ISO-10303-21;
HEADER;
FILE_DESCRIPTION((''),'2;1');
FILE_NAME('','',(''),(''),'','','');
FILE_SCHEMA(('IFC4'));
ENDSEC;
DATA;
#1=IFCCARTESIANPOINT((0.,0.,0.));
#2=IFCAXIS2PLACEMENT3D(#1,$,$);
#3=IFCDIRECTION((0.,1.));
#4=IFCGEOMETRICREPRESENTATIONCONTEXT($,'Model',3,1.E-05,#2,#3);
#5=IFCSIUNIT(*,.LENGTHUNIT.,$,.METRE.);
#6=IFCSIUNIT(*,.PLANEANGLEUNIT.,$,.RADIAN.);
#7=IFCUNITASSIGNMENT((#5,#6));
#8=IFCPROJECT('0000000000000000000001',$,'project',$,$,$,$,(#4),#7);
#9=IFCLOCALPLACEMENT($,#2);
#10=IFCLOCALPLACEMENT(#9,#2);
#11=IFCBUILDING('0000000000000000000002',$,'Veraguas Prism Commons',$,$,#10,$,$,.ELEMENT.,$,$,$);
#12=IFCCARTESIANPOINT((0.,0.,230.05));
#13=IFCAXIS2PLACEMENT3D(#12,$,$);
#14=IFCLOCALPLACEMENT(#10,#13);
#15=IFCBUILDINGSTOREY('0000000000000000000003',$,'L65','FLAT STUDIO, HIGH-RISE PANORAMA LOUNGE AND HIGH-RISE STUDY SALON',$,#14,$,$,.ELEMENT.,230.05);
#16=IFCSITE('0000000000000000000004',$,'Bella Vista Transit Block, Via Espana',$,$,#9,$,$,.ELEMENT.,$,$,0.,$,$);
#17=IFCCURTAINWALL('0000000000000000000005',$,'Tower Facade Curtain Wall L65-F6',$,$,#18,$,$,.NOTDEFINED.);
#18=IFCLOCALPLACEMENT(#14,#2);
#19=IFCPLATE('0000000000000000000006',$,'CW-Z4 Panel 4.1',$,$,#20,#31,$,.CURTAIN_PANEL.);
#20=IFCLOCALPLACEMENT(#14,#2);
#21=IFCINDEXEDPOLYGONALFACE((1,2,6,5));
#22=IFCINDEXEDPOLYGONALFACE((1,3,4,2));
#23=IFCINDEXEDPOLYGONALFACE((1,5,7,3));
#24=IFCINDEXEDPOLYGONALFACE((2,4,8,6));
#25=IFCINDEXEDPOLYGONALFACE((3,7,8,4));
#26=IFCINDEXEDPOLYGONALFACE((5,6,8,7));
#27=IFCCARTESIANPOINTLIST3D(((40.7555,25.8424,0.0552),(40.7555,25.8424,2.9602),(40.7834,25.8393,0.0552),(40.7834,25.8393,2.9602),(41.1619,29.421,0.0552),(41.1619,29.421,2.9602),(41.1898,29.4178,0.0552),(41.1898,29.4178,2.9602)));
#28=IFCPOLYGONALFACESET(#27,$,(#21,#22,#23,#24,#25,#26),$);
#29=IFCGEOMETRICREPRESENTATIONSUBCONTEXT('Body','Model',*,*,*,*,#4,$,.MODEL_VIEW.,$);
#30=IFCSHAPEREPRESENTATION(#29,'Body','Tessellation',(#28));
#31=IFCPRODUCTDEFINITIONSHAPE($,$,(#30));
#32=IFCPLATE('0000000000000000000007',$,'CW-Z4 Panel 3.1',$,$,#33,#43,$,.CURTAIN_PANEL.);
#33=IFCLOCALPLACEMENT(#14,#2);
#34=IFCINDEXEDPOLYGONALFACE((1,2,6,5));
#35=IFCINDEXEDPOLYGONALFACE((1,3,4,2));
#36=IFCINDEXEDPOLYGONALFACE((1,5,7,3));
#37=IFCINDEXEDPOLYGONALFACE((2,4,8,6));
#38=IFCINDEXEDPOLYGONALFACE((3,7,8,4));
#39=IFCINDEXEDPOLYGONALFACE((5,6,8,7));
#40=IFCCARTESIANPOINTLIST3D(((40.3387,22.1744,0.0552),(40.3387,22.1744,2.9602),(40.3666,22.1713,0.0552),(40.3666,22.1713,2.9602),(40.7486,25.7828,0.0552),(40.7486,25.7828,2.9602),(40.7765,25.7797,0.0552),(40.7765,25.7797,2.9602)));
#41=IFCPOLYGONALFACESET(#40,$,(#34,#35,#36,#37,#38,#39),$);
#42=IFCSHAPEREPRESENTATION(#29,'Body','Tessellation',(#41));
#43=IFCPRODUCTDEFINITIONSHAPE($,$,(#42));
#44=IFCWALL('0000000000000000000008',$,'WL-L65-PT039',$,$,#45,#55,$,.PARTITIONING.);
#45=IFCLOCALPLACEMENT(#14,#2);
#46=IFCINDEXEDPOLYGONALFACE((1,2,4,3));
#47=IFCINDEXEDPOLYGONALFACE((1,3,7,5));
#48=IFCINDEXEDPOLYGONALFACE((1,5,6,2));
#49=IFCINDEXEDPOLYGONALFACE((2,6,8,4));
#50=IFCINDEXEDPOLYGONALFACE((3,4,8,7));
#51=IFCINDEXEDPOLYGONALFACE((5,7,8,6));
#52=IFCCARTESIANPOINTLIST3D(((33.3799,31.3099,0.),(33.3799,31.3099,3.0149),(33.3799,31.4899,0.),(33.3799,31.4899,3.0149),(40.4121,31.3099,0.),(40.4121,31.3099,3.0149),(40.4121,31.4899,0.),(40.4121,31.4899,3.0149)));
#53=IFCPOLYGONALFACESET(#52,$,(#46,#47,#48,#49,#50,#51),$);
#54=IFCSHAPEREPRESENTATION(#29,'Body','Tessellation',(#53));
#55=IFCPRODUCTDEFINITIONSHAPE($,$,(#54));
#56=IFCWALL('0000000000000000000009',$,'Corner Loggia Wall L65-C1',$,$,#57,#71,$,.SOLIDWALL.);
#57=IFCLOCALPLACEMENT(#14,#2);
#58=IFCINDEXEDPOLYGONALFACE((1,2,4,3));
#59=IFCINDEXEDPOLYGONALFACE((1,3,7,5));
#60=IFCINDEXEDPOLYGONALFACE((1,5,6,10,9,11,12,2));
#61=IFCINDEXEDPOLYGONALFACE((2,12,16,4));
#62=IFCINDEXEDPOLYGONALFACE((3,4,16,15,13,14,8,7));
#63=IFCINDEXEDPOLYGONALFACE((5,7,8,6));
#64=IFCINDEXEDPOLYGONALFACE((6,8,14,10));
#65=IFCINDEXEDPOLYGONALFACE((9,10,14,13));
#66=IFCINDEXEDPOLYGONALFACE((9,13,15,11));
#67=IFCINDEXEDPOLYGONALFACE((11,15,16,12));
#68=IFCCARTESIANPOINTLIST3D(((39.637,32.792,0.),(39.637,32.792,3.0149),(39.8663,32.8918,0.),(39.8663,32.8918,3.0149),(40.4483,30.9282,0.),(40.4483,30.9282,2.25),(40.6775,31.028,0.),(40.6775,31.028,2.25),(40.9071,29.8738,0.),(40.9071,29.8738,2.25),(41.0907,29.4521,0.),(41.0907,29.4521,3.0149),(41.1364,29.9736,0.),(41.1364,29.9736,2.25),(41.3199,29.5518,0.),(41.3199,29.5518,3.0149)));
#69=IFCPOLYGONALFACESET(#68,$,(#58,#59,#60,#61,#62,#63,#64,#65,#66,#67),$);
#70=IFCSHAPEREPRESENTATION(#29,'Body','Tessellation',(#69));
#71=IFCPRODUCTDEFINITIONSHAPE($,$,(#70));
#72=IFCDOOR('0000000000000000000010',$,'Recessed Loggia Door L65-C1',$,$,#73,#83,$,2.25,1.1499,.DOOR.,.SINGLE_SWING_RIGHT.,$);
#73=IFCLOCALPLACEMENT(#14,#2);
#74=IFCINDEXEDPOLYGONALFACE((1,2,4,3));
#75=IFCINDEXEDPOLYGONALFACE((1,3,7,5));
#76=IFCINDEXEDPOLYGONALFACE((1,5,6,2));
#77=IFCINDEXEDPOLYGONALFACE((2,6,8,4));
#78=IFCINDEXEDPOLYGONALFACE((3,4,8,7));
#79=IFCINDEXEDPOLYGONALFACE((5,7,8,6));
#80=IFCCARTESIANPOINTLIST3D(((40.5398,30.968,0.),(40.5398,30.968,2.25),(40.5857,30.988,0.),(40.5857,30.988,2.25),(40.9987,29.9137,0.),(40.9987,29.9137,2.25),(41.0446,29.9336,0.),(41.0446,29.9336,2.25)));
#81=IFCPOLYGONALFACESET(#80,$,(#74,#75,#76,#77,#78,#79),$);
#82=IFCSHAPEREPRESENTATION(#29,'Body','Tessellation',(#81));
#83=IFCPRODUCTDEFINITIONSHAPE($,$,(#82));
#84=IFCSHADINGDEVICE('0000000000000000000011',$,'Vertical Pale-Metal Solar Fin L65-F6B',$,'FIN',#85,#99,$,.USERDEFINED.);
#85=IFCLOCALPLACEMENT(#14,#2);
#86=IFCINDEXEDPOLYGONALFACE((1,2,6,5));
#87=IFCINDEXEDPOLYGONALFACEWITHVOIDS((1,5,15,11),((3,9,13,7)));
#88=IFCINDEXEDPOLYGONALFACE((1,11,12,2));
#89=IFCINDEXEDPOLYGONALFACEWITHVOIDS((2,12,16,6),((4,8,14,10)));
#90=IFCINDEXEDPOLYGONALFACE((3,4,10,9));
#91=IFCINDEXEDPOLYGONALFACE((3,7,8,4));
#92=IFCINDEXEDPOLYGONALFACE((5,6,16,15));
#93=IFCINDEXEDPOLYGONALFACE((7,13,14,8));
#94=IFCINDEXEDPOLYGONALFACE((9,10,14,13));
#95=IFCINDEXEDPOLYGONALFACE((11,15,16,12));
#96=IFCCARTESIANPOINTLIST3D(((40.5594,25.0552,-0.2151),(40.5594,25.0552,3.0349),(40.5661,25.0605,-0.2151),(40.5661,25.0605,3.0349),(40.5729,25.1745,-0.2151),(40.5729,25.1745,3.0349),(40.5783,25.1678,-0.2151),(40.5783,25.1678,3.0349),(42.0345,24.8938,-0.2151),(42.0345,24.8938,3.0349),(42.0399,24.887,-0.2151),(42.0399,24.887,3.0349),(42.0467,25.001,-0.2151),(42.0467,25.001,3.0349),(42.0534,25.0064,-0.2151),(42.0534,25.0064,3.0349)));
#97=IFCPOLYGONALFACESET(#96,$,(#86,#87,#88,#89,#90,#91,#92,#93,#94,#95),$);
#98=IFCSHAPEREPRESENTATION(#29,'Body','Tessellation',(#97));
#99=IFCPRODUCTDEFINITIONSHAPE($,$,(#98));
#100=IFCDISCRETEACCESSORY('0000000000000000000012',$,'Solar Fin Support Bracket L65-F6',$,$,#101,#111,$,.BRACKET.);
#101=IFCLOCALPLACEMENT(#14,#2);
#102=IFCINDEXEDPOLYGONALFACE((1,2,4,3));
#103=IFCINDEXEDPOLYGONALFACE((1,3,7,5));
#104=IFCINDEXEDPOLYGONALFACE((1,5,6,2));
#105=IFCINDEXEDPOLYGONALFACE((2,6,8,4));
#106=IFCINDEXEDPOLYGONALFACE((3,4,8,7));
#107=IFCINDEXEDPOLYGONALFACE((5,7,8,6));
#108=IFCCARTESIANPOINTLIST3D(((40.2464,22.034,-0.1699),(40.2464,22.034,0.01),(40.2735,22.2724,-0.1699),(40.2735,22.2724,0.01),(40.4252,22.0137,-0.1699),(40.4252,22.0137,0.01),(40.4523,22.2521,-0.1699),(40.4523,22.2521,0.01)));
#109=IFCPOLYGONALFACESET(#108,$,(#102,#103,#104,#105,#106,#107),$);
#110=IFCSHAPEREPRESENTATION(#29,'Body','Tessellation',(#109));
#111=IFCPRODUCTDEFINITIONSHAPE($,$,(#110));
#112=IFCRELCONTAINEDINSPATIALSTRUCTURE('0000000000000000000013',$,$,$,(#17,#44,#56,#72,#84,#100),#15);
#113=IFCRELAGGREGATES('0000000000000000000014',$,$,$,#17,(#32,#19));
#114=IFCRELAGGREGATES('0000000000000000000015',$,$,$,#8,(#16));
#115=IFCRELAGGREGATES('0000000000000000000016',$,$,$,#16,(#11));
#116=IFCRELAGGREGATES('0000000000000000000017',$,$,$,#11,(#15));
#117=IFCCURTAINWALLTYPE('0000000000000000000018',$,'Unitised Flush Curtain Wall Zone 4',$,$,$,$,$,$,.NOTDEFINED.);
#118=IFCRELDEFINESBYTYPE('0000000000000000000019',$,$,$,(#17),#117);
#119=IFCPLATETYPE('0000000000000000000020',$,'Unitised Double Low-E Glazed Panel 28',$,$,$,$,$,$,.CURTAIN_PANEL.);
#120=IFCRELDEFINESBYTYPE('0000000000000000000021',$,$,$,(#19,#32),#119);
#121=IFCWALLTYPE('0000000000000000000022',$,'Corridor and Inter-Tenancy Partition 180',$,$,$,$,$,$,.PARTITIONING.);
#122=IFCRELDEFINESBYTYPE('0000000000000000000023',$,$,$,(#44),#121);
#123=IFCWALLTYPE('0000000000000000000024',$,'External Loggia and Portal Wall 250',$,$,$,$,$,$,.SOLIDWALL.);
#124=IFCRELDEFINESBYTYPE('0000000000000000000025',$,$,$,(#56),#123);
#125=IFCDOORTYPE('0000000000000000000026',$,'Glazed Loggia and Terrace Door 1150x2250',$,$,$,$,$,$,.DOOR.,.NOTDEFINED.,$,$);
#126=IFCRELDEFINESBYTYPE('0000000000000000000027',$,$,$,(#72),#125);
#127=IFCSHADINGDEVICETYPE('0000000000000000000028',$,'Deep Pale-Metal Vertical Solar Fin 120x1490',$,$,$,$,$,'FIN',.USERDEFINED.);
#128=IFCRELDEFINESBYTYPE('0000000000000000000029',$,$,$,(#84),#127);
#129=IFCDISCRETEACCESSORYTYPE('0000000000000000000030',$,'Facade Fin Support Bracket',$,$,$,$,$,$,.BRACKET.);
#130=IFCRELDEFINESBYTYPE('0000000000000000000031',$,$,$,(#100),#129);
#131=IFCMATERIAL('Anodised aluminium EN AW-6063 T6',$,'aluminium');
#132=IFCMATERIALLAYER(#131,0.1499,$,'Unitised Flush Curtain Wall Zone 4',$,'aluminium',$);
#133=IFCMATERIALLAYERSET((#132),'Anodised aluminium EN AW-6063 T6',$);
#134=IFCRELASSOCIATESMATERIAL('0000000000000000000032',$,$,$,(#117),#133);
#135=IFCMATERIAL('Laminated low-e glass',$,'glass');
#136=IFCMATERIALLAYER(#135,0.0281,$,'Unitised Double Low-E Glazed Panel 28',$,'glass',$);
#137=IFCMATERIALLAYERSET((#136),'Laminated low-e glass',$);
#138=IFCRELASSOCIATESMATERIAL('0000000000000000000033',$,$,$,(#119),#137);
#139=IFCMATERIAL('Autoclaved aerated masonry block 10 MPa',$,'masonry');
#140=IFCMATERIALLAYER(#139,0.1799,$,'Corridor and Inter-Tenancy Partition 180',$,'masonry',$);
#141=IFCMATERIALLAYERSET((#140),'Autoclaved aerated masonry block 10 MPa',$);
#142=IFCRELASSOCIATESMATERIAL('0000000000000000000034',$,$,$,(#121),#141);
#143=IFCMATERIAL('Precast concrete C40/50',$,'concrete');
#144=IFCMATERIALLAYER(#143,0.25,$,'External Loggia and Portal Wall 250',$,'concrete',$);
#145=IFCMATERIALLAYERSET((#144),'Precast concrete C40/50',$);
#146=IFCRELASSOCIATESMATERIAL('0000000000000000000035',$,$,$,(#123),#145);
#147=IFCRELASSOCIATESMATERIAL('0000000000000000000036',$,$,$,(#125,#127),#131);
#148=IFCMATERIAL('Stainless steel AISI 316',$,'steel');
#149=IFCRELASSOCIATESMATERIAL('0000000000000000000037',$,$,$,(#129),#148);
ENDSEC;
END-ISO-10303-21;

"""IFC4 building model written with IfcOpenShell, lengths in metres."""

from ifc_helpers import new_model, si_unit, direction, frame, frame_2d, origin, origin_2d, place, context, subcontext, project, spatial, rectangle, hollow_rectangle, extrude, source, transform, mapped, material, layer, layer_set, material_profile, profile_set, type_object, element, fill, aggregate, save


model = new_model("IFC4")

# Units and contexts
model_context = context("Model", 3, precision=1e-05, world=origin(), true_north=direction((0.0, 1.0)))
body_context = subcontext(model_context, "Body", "Model", "MODEL_VIEW")
ifc_project = project(units=[si_unit("LENGTHUNIT", "METRE"), si_unit("PLANEANGLEUNIT", "RADIAN")], contexts=[model_context])

# Site, building, storey
site_placement = place(None, origin())
site = spatial("IfcSite", under=ifc_project, at=site_placement, Name="Bella Vista Transit Block, Via Espana", CompositionType="ELEMENT", RefElevation=0.0)
building_placement = place(site_placement, origin())
building = spatial("IfcBuilding", under=site, at=building_placement, Name="Veraguas Prism Commons", CompositionType="ELEMENT")
storey_placement = place(building_placement, frame((0.0, 0.0, 230.05)))
storey = spatial("IfcBuildingStorey", under=building, at=storey_placement, Name="L65", Description="FLAT STUDIO, HIGH-RISE PANORAMA LOUNGE AND HIGH-RISE STUDY SALON", CompositionType="ELEMENT", Elevation=230.05)

# Shared definitions
ifc_material_1 = material(Name="Anodised aluminium EN AW-6063 T6", Category="aluminium")
ifc_layer_1 = layer(ifc_material_1, 0.1499, Name="Unitised Flush Curtain Wall Zone 4", Category="aluminium")
ifc_layer_set_1 = layer_set([ifc_layer_1], Name="Anodised aluminium EN AW-6063 T6")
curtain_wall_type = type_object("IfcCurtainWallType", Name="Unitised Flush Curtain Wall Zone 4", PredefinedType="NOTDEFINED", material=ifc_layer_set_1)

# Curtain wall, plates
curtain_wall_1_placement = place(storey_placement, origin())
curtain_wall_1 = element("IfcCurtainWall", 1, at=curtain_wall_1_placement, inside=storey, type_object=curtain_wall_type, Name="Tower Facade Curtain Wall L65-F6", PredefinedType="NOTDEFINED")
ifc_material_2 = material(Name="Laminated low-e glass", Category="glass")
ifc_layer_2 = layer(ifc_material_2, 0.0281, Name="Unitised Double Low-E Glazed Panel 28", Category="glass")
ifc_layer_set_2 = layer_set([ifc_layer_2], Name="Laminated low-e glass")
plate_type = type_object("IfcPlateType", Name="Unitised Double Low-E Glazed Panel 28", PredefinedType="CURTAIN_PANEL", material=ifc_layer_set_2)
shared_shape_1 = source(origin(), body_context, "Body", "SweptSolid", [
    extrude(rectangle(XDim=3.6016, YDim=0.0281, at=origin_2d()), origin(), (0.0, 0.0, 1.0), 2.905),
])
plate_1_placement = place(storey_placement, frame((40.9727, 27.6301, 0.0552), z_axis=(0.0, 0.0, 1.0), x_axis=(0.112858, 0.993611, 0.0)))
plate_1 = element("IfcPlate", 2, at=plate_1_placement, type_object=plate_type, Name="CW-Z4 Panel 4.1", PredefinedType="CURTAIN_PANEL", context=body_context, shape_type="MappedRepresentation", body=[
    mapped(shared_shape_1, transform((0.0, 0.0, 0.0), scale=1.0)),
])
shared_shape_2 = source(origin(), body_context, "Body", "SweptSolid", [
    extrude(rectangle(XDim=3.6316, YDim=0.0281, at=origin_2d()), origin(), (0.0, 0.0, 1.0), 2.905),
])
plate_2_placement = place(storey_placement, frame((40.5576, 23.9771, 0.0552), z_axis=(0.0, 0.0, 1.0), x_axis=(0.112858, 0.993611, 0.0)))
plate_2 = element("IfcPlate", 3, at=plate_2_placement, type_object=plate_type, Name="CW-Z4 Panel 3.1", PredefinedType="CURTAIN_PANEL", context=body_context, shape_type="MappedRepresentation", body=[
    mapped(shared_shape_2, transform((0.0, 0.0, 0.0), scale=1.0)),
])
aggregate(curtain_wall_1, [plate_2, plate_1])

# Wall
ifc_material_3 = material(Name="Autoclaved aerated masonry block 10 MPa", Category="masonry")
ifc_layer_3 = layer(ifc_material_3, 0.1799, Name="Corridor and Inter-Tenancy Partition 180", Category="masonry")
ifc_layer_set_3 = layer_set([ifc_layer_3], Name="Autoclaved aerated masonry block 10 MPa")
wall_type_1 = type_object("IfcWallType", Name="Corridor and Inter-Tenancy Partition 180", PredefinedType="PARTITIONING", material=ifc_layer_set_3)
wall_1_placement = place(storey_placement, frame((33.3799, 31.3999, 0.0), z_axis=(0.0, 0.0, 1.0), x_axis=(1.0, 0.0, 0.0)))
element("IfcWall", 4, at=wall_1_placement, inside=storey, type_object=wall_type_1, Name="WL-L65-PT039", PredefinedType="PARTITIONING", context=body_context, shape_type="SweptSolid", body=[
    extrude(rectangle(XDim=7.0322, YDim=0.1799, at=frame_2d((3.5161, 0.0))), origin(), (0.0, 0.0, 1.0), 3.0149),
])

# Wall, opening, door
ifc_material_4 = material(Name="Precast concrete C40/50", Category="concrete")
ifc_layer_4 = layer(ifc_material_4, 0.25, Name="External Loggia and Portal Wall 250", Category="concrete")
ifc_layer_set_4 = layer_set([ifc_layer_4], Name="Precast concrete C40/50")
wall_type_2 = type_object("IfcWallType", Name="External Loggia and Portal Wall 250", PredefinedType="SOLIDWALL", material=ifc_layer_set_4)
wall_2_placement = place(storey_placement, frame((41.2053, 29.502, 0.0), z_axis=(0.0, 0.0, 1.0), x_axis=(-0.399074, 0.916919, 0.0)))
wall_2 = element("IfcWall", 5, at=wall_2_placement, inside=storey, type_object=wall_type_2, Name="Corner Loggia Wall L65-C1", PredefinedType="SOLIDWALL", context=body_context, shape_type="SweptSolid", body=[
    extrude(rectangle(XDim=3.6426, YDim=0.25, at=frame_2d((1.8213, 0.0))), origin(), (0.0, 0.0, 1.0), 3.0149),
])
opening_placement = place(wall_2_placement, frame((0.46, 0.0, 0.0)))
opening = element("IfcOpeningElement", 6, at=opening_placement, cuts=wall_2, PredefinedType="OPENING", context=body_context, shape_type="SweptSolid", body=[
    extrude(rectangle(XDim=1.1499, YDim=2.25, at=frame_2d((0.575, 1.125))), frame((0.0, 0.135, 0.0), z_axis=(0.0, -1.0, 0.0), x_axis=(1.0, 0.0, 0.0)), (0.0, 0.0, 1.0), 0.27),
])
door_type = type_object("IfcDoorType", Name="Glazed Loggia and Terrace Door 1150x2250", OperationType="NOTDEFINED", PredefinedType="DOOR", material=ifc_material_1)
shared_shape_3 = source(origin(), body_context, "Body", "SweptSolid", [
    extrude(rectangle(XDim=1.1499, YDim=2.25, at=frame_2d((0.575, 1.125))), frame((0.0, 0.0249, 0.0), z_axis=(0.0, -1.0, 0.0), x_axis=(1.0, 0.0, 0.0)), (0.0, 0.0, 1.0), 0.05),
])
door_placement = place(opening_placement, frame((1.1499, 0.0, 0.0), z_axis=(0.0, 0.0, 1.0), x_axis=(-1.0, 0.0, 0.0)))
door = element("IfcDoor", 7, at=door_placement, inside=storey, type_object=door_type, Name="Recessed Loggia Door L65-C1", OperationType="SINGLE_SWING_RIGHT", OverallHeight=2.25, OverallWidth=1.1499, PredefinedType="DOOR", context=body_context, shape_type="MappedRepresentation", body=[
    mapped(shared_shape_3, transform((0.0, 0.0, 0.0), scale=1.0)),
])
fill(opening, door)

# Shading device
ifc_material_profile_1 = material_profile(ifc_material_1, hollow_rectangle(XDim=0.1201, YDim=1.49, WallThickness=0.0061, at=origin_2d()), Name="FIN120X1490X6")
ifc_profile_set_1 = profile_set([ifc_material_profile_1], Name="Anodised aluminium EN AW-6063 T6")
shading_device_type = type_object("IfcShadingDeviceType", Name="Deep Pale-Metal Vertical Solar Fin 120x1490", ElementType="FIN", PredefinedType="USERDEFINED", material=ifc_profile_set_1)
shading_device_placement = place(storey_placement, frame((41.3064, 25.0308, -0.2151), z_axis=(0.0, 0.0, 1.0), x_axis=(0.112862, 0.993611, 0.0)))
element("IfcShadingDevice", 8, at=shading_device_placement, inside=storey, type_object=shading_device_type, Name="Vertical Pale-Metal Solar Fin L65-F6B", ObjectType="FIN", PredefinedType="USERDEFINED", context=body_context, shape_type="SweptSolid", body=[
    extrude(hollow_rectangle(XDim=0.1201, YDim=1.49, WallThickness=0.0061, at=origin_2d()), origin(), (0.0, 0.0, 1.0), 3.25),
])

# Shared definitions
ifc_material_5 = material(Name="Stainless steel AISI 316", Category="steel")

# Discrete accessory
discrete_accessory_type = type_object("IfcDiscreteAccessoryType", Name="Facade Fin Support Bracket", PredefinedType="BRACKET", material=ifc_material_5)
shared_shape_4 = source(origin(), body_context, "Body", "SweptSolid", [
    extrude(rectangle(XDim=0.24, YDim=0.1799, at=origin_2d()), origin(), (0.0, 0.0, 1.0), 0.1799),
])
discrete_accessory_placement = place(storey_placement, frame((40.3494, 22.1431, -0.1699), z_axis=(0.0, 0.0, 1.0), x_axis=(0.112862, 0.993611, 0.0)))
element("IfcDiscreteAccessory", 9, at=discrete_accessory_placement, inside=storey, type_object=discrete_accessory_type, Name="Solar Fin Support Bracket L65-F6", PredefinedType="BRACKET", context=body_context, shape_type="MappedRepresentation", body=[
    mapped(shared_shape_4, transform((0.0, 0.0, 0.0), scale=1.0)),
])

save(model, "model.ifc")
